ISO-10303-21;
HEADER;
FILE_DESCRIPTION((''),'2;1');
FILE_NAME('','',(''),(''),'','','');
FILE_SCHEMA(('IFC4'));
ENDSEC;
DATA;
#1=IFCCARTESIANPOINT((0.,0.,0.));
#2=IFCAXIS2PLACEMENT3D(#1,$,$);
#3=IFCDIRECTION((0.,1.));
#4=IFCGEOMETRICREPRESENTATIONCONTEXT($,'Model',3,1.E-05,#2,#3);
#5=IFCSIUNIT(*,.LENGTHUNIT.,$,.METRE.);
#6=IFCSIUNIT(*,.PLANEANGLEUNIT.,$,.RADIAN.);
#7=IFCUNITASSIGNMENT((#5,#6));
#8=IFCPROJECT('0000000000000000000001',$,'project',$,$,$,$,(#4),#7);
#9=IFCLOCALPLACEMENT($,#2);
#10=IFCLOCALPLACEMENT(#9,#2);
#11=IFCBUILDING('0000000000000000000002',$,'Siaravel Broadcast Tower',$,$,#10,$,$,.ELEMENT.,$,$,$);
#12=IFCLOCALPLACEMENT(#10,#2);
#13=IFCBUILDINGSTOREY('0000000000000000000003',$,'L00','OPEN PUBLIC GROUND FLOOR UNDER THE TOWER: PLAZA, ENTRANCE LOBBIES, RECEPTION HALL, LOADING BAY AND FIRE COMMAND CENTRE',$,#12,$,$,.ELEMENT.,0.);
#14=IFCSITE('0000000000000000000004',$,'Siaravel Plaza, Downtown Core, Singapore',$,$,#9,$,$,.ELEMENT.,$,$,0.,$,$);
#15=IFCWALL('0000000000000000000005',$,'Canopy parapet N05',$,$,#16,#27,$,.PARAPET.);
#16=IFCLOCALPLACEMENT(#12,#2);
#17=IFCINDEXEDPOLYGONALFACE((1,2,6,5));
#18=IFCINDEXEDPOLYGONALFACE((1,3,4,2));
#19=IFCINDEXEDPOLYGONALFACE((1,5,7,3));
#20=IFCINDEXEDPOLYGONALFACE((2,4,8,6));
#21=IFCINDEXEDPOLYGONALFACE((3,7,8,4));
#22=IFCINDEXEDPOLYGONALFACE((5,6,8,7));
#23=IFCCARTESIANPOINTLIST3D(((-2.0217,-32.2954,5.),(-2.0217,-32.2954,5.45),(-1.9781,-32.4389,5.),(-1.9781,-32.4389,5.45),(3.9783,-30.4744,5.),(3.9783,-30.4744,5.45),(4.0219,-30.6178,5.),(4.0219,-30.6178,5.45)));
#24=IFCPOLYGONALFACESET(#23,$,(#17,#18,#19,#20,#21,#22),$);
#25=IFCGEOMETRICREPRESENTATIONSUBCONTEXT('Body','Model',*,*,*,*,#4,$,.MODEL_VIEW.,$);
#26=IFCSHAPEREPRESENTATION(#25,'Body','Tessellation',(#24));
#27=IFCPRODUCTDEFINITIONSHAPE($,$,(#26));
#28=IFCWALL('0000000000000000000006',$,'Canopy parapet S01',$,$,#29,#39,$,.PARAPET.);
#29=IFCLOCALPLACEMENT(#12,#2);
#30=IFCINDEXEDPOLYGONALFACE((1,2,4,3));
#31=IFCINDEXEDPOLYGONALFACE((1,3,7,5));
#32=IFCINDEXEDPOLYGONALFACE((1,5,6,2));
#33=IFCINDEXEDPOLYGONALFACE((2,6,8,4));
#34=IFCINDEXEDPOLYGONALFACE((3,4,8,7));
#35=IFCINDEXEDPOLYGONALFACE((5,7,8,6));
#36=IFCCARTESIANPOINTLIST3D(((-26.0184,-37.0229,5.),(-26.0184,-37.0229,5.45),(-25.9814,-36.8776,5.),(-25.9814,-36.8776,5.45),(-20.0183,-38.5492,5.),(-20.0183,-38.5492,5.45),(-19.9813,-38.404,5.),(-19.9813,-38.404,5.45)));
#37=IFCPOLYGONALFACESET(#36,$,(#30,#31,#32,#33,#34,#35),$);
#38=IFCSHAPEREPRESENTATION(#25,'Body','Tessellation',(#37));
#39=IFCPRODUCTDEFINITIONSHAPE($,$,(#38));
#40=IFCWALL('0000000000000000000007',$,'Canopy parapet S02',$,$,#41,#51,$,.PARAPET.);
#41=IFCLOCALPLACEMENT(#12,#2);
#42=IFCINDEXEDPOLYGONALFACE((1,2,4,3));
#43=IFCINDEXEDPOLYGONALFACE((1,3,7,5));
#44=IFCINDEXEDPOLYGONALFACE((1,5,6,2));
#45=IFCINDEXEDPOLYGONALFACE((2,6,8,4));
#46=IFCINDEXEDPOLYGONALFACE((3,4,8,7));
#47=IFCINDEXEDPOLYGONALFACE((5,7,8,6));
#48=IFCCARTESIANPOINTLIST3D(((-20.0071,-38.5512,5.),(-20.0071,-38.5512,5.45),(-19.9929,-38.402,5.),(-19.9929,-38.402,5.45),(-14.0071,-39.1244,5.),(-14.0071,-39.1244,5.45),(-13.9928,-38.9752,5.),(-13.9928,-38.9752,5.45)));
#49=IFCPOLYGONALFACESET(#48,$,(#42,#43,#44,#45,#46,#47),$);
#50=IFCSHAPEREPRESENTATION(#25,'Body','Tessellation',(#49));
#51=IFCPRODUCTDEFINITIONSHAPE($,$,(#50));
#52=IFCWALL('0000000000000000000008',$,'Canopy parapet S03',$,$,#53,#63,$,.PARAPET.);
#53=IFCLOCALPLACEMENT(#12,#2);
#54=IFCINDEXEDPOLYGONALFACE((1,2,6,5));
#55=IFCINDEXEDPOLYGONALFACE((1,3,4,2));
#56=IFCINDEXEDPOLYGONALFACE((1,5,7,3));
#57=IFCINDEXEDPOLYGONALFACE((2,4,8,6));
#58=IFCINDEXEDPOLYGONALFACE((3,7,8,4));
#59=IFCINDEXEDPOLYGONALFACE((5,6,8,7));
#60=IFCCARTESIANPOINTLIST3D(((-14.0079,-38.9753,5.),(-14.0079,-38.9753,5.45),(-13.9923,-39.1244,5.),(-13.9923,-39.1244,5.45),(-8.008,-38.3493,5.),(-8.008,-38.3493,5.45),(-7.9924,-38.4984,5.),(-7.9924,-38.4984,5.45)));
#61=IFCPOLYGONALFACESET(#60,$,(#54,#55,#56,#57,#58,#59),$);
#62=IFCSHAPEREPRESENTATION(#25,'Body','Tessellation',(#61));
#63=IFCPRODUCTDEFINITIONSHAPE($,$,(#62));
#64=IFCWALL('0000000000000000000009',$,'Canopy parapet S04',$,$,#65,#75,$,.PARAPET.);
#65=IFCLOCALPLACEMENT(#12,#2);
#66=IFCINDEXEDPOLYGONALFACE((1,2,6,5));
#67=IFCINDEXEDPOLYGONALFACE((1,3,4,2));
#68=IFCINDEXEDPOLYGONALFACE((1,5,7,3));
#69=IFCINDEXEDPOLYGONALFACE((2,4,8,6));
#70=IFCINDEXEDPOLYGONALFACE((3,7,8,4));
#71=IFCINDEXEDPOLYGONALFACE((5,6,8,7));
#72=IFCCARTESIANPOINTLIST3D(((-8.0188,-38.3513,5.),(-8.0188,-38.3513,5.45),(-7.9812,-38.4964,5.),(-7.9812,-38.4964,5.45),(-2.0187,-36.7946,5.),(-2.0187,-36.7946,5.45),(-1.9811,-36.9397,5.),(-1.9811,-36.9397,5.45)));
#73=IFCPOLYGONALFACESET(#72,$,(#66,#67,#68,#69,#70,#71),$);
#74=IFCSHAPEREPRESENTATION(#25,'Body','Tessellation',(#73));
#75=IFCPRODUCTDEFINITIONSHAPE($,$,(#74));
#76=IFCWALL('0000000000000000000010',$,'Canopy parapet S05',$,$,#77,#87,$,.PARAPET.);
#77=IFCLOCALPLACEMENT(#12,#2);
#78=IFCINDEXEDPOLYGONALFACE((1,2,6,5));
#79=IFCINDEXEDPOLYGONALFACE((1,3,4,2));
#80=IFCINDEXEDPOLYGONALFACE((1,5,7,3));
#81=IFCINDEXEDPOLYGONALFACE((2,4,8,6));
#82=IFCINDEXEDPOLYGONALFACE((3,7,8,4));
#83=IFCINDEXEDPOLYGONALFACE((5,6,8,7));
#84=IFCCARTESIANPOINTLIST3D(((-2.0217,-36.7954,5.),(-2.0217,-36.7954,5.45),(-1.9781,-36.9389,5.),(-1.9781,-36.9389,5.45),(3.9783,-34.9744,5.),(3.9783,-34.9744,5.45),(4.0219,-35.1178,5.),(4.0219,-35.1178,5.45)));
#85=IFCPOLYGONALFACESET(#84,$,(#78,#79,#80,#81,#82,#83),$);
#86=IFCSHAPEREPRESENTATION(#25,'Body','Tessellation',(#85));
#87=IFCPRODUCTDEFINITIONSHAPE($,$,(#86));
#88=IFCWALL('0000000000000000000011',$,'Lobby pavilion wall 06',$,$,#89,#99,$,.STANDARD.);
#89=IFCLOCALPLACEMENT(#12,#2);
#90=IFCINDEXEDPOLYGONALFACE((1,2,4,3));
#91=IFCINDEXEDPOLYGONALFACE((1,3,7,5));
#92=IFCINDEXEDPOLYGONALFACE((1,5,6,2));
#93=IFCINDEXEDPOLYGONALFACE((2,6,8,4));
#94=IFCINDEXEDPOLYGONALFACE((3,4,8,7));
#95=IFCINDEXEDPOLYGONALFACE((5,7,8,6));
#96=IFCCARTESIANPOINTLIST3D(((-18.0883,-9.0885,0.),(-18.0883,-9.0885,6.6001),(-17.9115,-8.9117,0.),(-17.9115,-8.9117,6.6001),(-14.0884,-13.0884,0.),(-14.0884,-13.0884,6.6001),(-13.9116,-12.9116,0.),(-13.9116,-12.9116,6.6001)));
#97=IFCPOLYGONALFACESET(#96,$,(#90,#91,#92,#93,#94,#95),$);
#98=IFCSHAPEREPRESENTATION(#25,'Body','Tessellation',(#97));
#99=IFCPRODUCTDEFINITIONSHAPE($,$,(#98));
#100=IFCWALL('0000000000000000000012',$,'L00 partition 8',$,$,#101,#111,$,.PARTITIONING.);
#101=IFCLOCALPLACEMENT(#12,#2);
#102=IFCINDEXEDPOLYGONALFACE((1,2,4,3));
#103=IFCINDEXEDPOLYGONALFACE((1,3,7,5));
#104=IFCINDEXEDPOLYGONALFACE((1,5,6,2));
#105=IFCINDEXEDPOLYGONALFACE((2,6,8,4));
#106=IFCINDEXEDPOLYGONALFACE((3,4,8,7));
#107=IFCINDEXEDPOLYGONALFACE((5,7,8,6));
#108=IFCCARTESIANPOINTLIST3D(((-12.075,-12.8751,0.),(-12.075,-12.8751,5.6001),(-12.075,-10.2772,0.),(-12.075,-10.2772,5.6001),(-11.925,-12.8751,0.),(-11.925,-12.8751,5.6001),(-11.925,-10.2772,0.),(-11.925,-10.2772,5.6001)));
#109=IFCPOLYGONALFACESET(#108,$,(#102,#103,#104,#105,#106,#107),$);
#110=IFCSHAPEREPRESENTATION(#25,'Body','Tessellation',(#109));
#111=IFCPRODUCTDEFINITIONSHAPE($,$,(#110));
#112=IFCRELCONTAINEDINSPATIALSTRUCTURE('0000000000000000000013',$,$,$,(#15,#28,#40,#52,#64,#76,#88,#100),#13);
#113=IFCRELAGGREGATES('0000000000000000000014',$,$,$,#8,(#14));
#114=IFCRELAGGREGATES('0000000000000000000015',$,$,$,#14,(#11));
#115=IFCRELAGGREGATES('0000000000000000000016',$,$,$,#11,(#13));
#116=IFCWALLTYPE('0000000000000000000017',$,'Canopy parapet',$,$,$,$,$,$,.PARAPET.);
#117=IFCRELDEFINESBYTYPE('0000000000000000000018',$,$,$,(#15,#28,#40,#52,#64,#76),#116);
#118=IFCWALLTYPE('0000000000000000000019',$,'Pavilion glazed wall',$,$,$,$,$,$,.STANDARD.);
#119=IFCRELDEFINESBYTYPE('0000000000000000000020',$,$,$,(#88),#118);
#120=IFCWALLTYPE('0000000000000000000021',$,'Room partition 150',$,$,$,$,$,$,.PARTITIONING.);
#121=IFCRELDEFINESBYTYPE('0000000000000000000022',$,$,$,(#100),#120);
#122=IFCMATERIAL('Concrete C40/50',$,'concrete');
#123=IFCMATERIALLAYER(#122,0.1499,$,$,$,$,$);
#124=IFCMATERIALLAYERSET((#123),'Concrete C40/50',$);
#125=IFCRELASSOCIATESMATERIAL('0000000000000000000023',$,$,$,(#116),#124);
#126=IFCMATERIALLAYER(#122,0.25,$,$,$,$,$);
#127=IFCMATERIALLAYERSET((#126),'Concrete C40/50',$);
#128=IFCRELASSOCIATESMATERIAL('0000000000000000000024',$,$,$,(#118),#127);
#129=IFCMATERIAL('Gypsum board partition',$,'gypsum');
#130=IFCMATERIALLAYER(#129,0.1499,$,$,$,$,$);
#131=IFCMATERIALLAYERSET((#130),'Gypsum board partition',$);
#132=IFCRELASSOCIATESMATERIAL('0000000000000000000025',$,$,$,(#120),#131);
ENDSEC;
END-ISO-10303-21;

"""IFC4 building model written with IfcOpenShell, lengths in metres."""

from ifc_helpers import new_model, si_unit, direction, frame, frame_2d, origin, place, context, subcontext, project, spatial, rectangle, extrude, material, layer, layer_set, type_object, element, save


model = new_model("IFC4")

# Units and contexts
model_context = context("Model", 3, precision=1e-05, world=origin(), true_north=direction((0.0, 1.0)))
body_context = subcontext(model_context, "Body", "Model", "MODEL_VIEW")
ifc_project = project(units=[si_unit("LENGTHUNIT", "METRE"), si_unit("PLANEANGLEUNIT", "RADIAN")], contexts=[model_context])

# Site, building, storey
site_placement = place(None, origin())
site = spatial("IfcSite", under=ifc_project, at=site_placement, Name="Siaravel Plaza, Downtown Core, Singapore", CompositionType="ELEMENT", RefElevation=0.0)
building_placement = place(site_placement, origin())
building = spatial("IfcBuilding", under=site, at=building_placement, Name="Siaravel Broadcast Tower", CompositionType="ELEMENT")
storey_placement = place(building_placement, origin())
storey = spatial("IfcBuildingStorey", under=building, at=storey_placement, Name="L00", Description="OPEN PUBLIC GROUND FLOOR UNDER THE TOWER: PLAZA, ENTRANCE LOBBIES, RECEPTION HALL, LOADING BAY AND FIRE COMMAND CENTRE", CompositionType="ELEMENT", Elevation=0.0)

# Shared definitions
ifc_material_1 = material(Name="Concrete C40/50", Category="concrete")

# Walls
ifc_layer_1 = layer(ifc_material_1, 0.1499)
ifc_layer_set_1 = layer_set([ifc_layer_1], Name="Concrete C40/50")
wall_type_1 = type_object("IfcWallType", Name="Canopy parapet", PredefinedType="PARAPET", material=ifc_layer_set_1)
wall_1_placement = place(storey_placement, frame((-2.0, -32.3672, 5.0), z_axis=(0.0, 0.0, 1.0), x_axis=(0.956898, 0.290426, 0.0)))
element("IfcWall", 1, at=wall_1_placement, inside=storey, type_object=wall_type_1, Name="Canopy parapet N05", PredefinedType="PARAPET", context=body_context, shape_type="SweptSolid", body=[
    extrude(rectangle(XDim=6.2703, YDim=0.1499, at=frame_2d((3.1353, 0.0))), origin(), (0.0, 0.0, 1.0), 0.45),
])
wall_2_placement = place(storey_placement, frame((-26.0, -36.9502, 5.0), z_axis=(0.0, 0.0, 1.0), x_axis=(0.969132, -0.246542, 0.0)))
element("IfcWall", 2, at=wall_2_placement, inside=storey, type_object=wall_type_1, Name="Canopy parapet S01", PredefinedType="PARAPET", context=body_context, shape_type="SweptSolid", body=[
    extrude(rectangle(XDim=6.1912, YDim=0.1499, at=frame_2d((3.0957, 0.0))), origin(), (0.0, 0.0, 1.0), 0.45),
])
wall_3_placement = place(storey_placement, frame((-20.0, -38.4766, 5.0), z_axis=(0.0, 0.0, 1.0), x_axis=(0.995467, -0.095107, 0.0)))
element("IfcWall", 3, at=wall_3_placement, inside=storey, type_object=wall_type_1, Name="Canopy parapet S02", PredefinedType="PARAPET", context=body_context, shape_type="SweptSolid", body=[
    extrude(rectangle(XDim=6.0273, YDim=0.1499, at=frame_2d((3.0137, 0.0))), origin(), (0.0, 0.0, 1.0), 0.45),
])
wall_4_placement = place(storey_placement, frame((-14.0, -39.0498, 5.0), z_axis=(0.0, 0.0, 1.0), x_axis=(0.994602, 0.103766, 0.0)))
element("IfcWall", 4, at=wall_4_placement, inside=storey, type_object=wall_type_1, Name="Canopy parapet S03", PredefinedType="PARAPET", context=body_context, shape_type="SweptSolid", body=[
    extrude(rectangle(XDim=6.0325, YDim=0.1499, at=frame_2d((3.0161, 0.0))), origin(), (0.0, 0.0, 1.0), 0.45),
])
wall_5_placement = place(storey_placement, frame((-8.0, -38.4238, 5.0), z_axis=(0.0, 0.0, 1.0), x_axis=(0.967954, 0.251126, 0.0)))
element("IfcWall", 5, at=wall_5_placement, inside=storey, type_object=wall_type_1, Name="Canopy parapet S04", PredefinedType="PARAPET", context=body_context, shape_type="SweptSolid", body=[
    extrude(rectangle(XDim=6.1987, YDim=0.1499, at=frame_2d((3.0994, 0.0))), origin(), (0.0, 0.0, 1.0), 0.45),
])
wall_6_placement = place(storey_placement, frame((-2.0, -36.8672, 5.0), z_axis=(0.0, 0.0, 1.0), x_axis=(0.956898, 0.290426, 0.0)))
element("IfcWall", 6, at=wall_6_placement, inside=storey, type_object=wall_type_1, Name="Canopy parapet S05", PredefinedType="PARAPET", context=body_context, shape_type="SweptSolid", body=[
    extrude(rectangle(XDim=6.2703, YDim=0.1499, at=frame_2d((3.1353, 0.0))), origin(), (0.0, 0.0, 1.0), 0.45),
])
ifc_layer_2 = layer(ifc_material_1, 0.25)
ifc_layer_set_2 = layer_set([ifc_layer_2], Name="Concrete C40/50")
wall_type_2 = type_object("IfcWallType", Name="Pavilion glazed wall", PredefinedType="STANDARD", material=ifc_layer_set_2)
wall_7_placement = place(storey_placement, frame((-14.0, -13.0, 0.0), z_axis=(0.0, 0.0, 1.0), x_axis=(-0.707107, 0.707107, 0.0)))
element("IfcWall", 7, at=wall_7_placement, inside=storey, type_object=wall_type_2, Name="Lobby pavilion wall 06", PredefinedType="STANDARD", context=body_context, shape_type="SweptSolid", body=[
    extrude(rectangle(XDim=5.6567, YDim=0.25, at=frame_2d((2.8284, 0.0))), origin(), (0.0, 0.0, 1.0), 6.6001),
])
ifc_material_2 = material(Name="Gypsum board partition", Category="gypsum")
ifc_layer_3 = layer(ifc_material_2, 0.1499)
ifc_layer_set_3 = layer_set([ifc_layer_3], Name="Gypsum board partition")
wall_type_3 = type_object("IfcWallType", Name="Room partition 150", PredefinedType="PARTITIONING", material=ifc_layer_set_3)
wall_8_placement = place(storey_placement, frame((-12.0, -12.875, 0.0), z_axis=(0.0, 0.0, 1.0), x_axis=(0.0, 1.0, 0.0)))
element("IfcWall", 8, at=wall_8_placement, inside=storey, type_object=wall_type_3, Name="L00 partition 8", PredefinedType="PARTITIONING", context=body_context, shape_type="SweptSolid", body=[
    extrude(rectangle(XDim=2.5979, YDim=0.1499, at=frame_2d((1.2988, 0.0))), origin(), (0.0, 0.0, 1.0), 5.6001),
])

save(model, "model.ifc")
